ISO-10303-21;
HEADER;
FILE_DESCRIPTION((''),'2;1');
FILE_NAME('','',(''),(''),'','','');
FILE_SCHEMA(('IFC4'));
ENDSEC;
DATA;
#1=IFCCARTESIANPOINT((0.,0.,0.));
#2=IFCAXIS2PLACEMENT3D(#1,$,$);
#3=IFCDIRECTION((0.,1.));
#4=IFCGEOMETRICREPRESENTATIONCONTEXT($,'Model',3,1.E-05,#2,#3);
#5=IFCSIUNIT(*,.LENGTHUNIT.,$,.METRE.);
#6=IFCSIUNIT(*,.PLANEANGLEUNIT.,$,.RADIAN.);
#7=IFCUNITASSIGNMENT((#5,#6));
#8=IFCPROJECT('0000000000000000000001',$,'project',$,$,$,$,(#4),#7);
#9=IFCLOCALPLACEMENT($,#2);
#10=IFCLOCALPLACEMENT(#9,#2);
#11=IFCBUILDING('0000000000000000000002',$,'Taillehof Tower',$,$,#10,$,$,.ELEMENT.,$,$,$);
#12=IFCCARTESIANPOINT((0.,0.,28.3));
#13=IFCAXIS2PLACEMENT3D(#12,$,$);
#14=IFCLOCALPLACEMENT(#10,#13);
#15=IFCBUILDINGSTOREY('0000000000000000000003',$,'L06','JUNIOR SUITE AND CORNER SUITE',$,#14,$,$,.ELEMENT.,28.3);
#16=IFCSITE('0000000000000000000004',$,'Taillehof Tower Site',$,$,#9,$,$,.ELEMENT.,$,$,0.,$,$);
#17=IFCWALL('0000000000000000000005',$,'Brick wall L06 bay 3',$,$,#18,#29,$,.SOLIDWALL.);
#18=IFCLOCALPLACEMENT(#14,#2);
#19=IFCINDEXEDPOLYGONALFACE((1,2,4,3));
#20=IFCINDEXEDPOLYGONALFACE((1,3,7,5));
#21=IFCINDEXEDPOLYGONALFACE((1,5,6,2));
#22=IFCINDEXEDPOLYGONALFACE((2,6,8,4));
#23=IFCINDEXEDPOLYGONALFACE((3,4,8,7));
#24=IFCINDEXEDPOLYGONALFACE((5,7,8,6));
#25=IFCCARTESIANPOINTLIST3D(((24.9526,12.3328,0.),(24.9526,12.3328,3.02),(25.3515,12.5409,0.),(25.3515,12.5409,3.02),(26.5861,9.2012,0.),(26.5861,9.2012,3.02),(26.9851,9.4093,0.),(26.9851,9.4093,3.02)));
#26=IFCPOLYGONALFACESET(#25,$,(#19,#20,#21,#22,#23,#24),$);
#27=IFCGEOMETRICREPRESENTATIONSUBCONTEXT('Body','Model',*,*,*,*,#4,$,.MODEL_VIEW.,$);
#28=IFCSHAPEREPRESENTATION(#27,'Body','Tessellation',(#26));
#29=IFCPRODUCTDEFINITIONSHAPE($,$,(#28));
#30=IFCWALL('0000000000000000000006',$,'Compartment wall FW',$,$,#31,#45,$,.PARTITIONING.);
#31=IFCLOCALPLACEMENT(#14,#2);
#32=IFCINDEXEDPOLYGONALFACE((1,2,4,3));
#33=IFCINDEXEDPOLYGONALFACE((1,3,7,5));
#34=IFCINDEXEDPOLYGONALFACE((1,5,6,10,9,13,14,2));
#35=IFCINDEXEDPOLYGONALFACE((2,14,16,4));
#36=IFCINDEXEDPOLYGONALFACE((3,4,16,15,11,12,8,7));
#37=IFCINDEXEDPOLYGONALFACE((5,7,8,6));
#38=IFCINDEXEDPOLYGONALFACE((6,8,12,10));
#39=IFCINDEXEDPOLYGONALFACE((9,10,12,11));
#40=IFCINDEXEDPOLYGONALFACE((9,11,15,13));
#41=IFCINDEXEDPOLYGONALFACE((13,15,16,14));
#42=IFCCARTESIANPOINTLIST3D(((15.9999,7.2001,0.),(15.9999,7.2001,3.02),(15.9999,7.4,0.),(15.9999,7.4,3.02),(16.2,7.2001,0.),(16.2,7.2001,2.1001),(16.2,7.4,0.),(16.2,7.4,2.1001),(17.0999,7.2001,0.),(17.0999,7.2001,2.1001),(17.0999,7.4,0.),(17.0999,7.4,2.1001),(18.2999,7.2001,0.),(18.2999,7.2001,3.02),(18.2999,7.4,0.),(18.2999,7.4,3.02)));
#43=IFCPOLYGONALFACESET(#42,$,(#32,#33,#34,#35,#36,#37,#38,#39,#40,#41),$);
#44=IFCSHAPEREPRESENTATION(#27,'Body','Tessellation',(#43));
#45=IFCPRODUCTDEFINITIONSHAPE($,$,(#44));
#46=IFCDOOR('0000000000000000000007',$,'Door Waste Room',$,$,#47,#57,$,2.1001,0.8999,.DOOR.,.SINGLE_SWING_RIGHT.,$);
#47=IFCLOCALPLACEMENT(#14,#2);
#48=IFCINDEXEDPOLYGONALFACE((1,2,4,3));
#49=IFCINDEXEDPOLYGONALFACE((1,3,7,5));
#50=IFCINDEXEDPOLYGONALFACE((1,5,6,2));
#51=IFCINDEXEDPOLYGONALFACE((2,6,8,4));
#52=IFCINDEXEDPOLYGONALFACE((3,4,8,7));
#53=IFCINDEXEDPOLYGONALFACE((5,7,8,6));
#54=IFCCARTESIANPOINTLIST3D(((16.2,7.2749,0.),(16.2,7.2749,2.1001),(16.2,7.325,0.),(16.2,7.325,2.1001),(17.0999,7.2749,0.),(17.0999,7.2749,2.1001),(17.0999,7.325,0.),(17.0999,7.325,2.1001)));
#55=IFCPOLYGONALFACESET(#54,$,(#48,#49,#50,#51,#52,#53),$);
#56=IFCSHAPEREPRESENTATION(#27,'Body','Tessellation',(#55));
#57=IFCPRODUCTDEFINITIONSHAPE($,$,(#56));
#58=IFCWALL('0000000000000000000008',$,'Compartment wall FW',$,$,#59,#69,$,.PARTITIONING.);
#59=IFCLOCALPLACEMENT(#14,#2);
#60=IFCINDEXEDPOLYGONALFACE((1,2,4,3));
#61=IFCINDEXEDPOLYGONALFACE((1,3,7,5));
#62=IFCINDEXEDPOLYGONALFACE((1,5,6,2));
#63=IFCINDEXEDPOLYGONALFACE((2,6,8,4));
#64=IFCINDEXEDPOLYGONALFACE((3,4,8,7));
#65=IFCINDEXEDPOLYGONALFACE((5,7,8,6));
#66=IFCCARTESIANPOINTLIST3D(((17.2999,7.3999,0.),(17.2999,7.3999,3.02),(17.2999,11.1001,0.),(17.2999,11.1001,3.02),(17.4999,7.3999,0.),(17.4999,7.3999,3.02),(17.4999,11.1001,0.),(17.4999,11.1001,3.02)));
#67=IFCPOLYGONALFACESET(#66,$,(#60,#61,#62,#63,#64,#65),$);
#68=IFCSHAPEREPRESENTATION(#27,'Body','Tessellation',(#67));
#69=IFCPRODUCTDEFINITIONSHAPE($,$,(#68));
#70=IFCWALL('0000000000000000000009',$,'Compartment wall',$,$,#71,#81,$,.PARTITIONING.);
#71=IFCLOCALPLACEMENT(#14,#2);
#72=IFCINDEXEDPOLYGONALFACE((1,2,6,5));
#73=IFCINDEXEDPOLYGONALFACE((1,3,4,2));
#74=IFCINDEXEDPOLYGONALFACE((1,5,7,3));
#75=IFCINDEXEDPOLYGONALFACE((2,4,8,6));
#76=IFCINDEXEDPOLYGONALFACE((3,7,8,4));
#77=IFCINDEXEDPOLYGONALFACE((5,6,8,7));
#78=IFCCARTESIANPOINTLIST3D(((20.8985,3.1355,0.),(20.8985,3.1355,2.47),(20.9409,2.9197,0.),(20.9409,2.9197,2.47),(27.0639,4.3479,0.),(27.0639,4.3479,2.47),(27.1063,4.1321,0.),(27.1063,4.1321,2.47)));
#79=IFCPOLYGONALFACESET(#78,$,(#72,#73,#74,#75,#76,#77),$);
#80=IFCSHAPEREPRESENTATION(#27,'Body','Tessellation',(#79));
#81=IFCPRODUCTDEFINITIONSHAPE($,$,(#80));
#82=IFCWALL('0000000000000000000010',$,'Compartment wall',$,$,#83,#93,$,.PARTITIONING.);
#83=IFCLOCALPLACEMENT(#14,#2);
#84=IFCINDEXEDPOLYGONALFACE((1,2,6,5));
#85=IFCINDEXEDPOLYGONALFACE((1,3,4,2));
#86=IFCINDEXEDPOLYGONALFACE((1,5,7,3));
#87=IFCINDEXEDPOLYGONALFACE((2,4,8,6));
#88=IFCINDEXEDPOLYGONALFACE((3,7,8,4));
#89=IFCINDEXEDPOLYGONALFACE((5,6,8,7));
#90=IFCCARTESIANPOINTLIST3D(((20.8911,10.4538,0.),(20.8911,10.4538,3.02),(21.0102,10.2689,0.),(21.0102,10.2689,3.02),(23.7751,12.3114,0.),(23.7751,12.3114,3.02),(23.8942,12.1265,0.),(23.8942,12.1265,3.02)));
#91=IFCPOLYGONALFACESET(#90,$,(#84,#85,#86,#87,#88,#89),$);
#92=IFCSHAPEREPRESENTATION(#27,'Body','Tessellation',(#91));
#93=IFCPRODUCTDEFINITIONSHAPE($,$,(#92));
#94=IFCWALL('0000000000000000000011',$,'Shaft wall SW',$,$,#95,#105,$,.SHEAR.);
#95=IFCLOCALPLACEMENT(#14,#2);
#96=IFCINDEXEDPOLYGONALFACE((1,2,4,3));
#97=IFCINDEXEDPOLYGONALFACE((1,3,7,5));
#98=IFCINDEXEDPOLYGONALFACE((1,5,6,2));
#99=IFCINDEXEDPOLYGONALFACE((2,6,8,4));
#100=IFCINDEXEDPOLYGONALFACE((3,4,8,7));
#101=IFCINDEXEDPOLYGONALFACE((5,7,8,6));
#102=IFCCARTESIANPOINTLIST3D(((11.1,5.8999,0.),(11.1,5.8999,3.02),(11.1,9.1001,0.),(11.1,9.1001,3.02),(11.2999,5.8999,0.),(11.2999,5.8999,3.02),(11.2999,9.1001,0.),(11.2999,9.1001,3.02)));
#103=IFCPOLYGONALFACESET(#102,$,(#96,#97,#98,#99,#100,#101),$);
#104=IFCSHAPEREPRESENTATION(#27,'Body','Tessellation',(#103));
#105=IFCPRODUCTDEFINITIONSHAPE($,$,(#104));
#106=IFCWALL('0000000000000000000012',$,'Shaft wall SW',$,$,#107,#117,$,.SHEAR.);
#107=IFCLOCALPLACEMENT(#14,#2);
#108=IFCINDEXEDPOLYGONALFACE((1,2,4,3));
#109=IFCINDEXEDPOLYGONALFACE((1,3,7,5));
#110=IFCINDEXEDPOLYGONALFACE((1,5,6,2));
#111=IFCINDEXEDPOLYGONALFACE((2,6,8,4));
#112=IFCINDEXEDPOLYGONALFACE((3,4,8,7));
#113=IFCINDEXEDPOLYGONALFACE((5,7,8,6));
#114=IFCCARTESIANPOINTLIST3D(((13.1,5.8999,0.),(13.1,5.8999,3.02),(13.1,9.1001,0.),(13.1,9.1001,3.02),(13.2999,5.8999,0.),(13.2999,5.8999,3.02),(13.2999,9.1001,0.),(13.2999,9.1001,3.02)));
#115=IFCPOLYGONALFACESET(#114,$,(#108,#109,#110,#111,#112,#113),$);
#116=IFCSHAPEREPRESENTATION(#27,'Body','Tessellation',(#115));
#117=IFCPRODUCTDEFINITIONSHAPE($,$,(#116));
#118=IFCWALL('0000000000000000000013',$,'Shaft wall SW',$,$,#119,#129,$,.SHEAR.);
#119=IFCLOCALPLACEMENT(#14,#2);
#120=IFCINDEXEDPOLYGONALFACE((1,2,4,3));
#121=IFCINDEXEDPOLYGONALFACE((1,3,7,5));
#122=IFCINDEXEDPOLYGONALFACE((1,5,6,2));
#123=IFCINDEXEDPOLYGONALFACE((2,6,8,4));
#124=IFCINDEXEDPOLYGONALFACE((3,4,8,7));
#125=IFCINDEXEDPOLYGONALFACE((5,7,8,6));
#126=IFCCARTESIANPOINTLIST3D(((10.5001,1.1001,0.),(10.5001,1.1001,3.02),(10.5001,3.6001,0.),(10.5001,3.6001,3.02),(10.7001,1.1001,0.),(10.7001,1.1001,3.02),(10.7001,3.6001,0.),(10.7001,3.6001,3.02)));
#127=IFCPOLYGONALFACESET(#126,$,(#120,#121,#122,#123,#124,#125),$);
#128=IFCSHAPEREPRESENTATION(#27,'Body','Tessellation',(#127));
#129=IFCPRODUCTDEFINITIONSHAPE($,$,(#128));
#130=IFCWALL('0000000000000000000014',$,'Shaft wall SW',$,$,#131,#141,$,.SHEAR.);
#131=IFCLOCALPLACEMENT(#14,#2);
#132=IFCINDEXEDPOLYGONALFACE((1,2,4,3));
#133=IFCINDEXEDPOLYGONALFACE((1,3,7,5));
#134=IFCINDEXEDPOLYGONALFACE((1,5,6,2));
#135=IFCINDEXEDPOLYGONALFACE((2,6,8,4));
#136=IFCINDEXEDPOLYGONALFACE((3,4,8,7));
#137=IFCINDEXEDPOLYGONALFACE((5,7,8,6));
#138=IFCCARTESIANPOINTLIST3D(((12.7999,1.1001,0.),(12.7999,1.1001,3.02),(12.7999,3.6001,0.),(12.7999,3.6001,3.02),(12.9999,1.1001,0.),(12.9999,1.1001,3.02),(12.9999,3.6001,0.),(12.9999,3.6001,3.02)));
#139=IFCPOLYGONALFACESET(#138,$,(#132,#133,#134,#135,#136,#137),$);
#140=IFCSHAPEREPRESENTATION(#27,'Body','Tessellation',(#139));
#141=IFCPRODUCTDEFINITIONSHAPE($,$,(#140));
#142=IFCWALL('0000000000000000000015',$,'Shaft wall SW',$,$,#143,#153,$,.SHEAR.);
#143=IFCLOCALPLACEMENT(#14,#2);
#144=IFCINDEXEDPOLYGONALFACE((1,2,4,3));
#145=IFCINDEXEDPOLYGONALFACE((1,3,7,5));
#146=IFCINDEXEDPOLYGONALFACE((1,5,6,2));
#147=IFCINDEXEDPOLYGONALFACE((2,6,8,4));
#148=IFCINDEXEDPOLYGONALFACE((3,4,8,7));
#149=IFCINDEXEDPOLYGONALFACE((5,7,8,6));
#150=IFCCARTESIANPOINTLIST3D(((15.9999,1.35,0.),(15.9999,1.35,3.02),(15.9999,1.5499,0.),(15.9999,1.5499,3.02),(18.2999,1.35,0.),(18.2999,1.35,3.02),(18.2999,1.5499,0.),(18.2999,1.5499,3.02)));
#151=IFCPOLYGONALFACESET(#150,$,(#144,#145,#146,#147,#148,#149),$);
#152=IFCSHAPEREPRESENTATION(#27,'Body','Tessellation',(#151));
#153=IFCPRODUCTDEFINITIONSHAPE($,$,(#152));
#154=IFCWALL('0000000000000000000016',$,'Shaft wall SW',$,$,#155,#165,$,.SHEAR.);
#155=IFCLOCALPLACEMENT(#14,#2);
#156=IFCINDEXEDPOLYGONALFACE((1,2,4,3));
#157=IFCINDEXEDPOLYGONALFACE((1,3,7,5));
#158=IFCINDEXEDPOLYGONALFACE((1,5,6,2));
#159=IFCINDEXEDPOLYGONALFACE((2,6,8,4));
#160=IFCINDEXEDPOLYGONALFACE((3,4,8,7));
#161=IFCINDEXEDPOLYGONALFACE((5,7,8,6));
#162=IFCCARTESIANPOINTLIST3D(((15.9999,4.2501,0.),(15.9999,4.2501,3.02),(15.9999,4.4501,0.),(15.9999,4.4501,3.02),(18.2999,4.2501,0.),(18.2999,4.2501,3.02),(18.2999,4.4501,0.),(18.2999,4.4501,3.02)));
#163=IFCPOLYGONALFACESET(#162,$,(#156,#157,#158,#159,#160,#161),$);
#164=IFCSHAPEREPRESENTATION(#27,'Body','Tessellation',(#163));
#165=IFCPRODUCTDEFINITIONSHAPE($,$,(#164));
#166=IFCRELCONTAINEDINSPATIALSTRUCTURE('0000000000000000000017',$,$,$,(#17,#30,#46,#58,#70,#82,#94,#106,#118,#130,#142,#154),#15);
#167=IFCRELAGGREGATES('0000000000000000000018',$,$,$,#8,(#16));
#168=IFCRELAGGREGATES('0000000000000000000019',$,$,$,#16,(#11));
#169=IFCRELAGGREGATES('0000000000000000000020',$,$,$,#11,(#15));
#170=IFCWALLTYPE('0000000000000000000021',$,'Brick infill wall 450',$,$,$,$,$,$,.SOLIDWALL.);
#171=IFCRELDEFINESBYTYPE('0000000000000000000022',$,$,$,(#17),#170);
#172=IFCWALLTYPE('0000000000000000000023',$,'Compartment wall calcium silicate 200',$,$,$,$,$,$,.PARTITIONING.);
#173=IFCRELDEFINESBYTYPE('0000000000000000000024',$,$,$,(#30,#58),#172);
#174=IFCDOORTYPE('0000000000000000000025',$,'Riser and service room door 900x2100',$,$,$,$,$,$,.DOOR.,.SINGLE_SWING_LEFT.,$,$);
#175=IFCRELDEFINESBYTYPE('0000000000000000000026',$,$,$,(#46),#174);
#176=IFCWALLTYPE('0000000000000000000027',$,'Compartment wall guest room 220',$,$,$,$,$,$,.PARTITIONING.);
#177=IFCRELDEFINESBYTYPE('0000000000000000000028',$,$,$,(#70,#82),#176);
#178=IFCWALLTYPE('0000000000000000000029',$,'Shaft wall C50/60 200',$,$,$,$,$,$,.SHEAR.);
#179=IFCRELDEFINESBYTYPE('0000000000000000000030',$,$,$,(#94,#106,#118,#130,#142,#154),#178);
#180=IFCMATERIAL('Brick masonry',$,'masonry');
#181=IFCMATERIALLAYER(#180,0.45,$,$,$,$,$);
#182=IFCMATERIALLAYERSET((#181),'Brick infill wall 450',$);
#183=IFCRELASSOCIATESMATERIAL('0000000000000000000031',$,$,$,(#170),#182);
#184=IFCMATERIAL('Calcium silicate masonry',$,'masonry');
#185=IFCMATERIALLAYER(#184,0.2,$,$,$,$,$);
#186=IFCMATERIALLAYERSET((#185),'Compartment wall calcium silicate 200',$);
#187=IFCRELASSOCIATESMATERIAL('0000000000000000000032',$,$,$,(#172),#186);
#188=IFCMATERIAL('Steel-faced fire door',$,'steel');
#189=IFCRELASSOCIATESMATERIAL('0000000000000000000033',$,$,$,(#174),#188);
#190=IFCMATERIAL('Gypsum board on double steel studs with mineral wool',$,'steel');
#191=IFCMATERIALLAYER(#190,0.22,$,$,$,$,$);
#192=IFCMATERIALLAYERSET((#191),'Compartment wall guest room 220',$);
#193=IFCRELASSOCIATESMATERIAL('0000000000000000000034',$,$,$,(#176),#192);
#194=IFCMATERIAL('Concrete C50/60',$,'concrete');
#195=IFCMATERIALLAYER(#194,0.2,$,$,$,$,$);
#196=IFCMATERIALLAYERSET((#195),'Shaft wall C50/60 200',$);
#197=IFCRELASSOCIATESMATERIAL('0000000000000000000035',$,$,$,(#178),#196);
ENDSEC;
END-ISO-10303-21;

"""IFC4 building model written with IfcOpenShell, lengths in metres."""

from ifc_helpers import new_model, si_unit, direction, frame, frame_2d, origin, place, context, subcontext, project, spatial, rectangle, extrude, material, layer, layer_set, type_object, element, fill, save


model = new_model("IFC4")

# Units and contexts
model_context = context("Model", 3, precision=1e-05, world=origin(), true_north=direction((0.0, 1.0)))
body_context = subcontext(model_context, "Body", "Model", "MODEL_VIEW")
ifc_project = project(units=[si_unit("LENGTHUNIT", "METRE"), si_unit("PLANEANGLEUNIT", "RADIAN")], contexts=[model_context])

# Site, building, storey
site_placement = place(None, origin())
site = spatial("IfcSite", under=ifc_project, at=site_placement, Name="Taillehof Tower Site", CompositionType="ELEMENT", RefElevation=0.0)
building_placement = place(site_placement, origin())
building = spatial("IfcBuilding", under=site, at=building_placement, Name="Taillehof Tower", CompositionType="ELEMENT")
storey_placement = place(building_placement, frame((0.0, 0.0, 28.3)))
storey = spatial("IfcBuildingStorey", under=building, at=storey_placement, Name="L06", Description="JUNIOR SUITE AND CORNER SUITE", CompositionType="ELEMENT", Elevation=28.3)

# Shared definitions
ifc_material_1 = material(Name="Brick masonry", Category="masonry")
ifc_layer_1 = layer(ifc_material_1, 0.45)
ifc_layer_set_1 = layer_set([ifc_layer_1], Name="Brick infill wall 450")
wall_type_1 = type_object("IfcWallType", Name="Brick infill wall 450", PredefinedType="SOLIDWALL", material=ifc_layer_set_1)

# Wall
wall_1_placement = place(storey_placement, frame((26.7856, 9.3052, 0.0), z_axis=(0.0, 0.0, 1.0), x_axis=(-0.462493, 0.886623, 0.0)))
element("IfcWall", 1, at=wall_1_placement, inside=storey, type_object=wall_type_1, Name="Brick wall L06 bay 3", PredefinedType="SOLIDWALL", context=body_context, shape_type="SweptSolid", body=[
    extrude(rectangle(XDim=3.532, YDim=0.45, at=frame_2d((1.7661, 0.0))), origin(), (0.0, 0.0, 1.0), 3.02),
])

# Wall, opening, door
ifc_material_2 = material(Name="Calcium silicate masonry", Category="masonry")
ifc_layer_2 = layer(ifc_material_2, 0.2)
ifc_layer_set_2 = layer_set([ifc_layer_2], Name="Compartment wall calcium silicate 200")
wall_type_2 = type_object("IfcWallType", Name="Compartment wall calcium silicate 200", PredefinedType="PARTITIONING", material=ifc_layer_set_2)
wall_2_placement = place(storey_placement, frame((16.0, 7.3, 0.0), z_axis=(0.0, 0.0, 1.0), x_axis=(1.0, 0.0, 0.0)))
wall_2 = element("IfcWall", 2, at=wall_2_placement, inside=storey, type_object=wall_type_2, Name="Compartment wall FW", PredefinedType="PARTITIONING", context=body_context, shape_type="SweptSolid", body=[
    extrude(rectangle(XDim=2.3, YDim=0.2, at=frame_2d((1.1499, 0.0))), origin(), (0.0, 0.0, 1.0), 3.02),
])
opening_1_placement = place(wall_2_placement, frame((0.2, 0.0, 0.0)))
opening_1 = element("IfcOpeningElement", 3, at=opening_1_placement, cuts=wall_2, PredefinedType="OPENING", context=body_context, shape_type="SweptSolid", body=[
    extrude(rectangle(XDim=0.8999, YDim=2.1001, at=frame_2d((0.45, 1.05))), frame((0.0, 0.1099, 0.0), z_axis=(0.0, -1.0, 0.0), x_axis=(1.0, 0.0, 0.0)), (0.0, 0.0, 1.0), 0.22),
])
ifc_material_3 = material(Name="Steel-faced fire door", Category="steel")
door_type = type_object("IfcDoorType", Name="Riser and service room door 900x2100", OperationType="SINGLE_SWING_LEFT", PredefinedType="DOOR", material=ifc_material_3)
door_placement = place(opening_1_placement, origin())
door = element("IfcDoor", 4, at=door_placement, inside=storey, type_object=door_type, Name="Door Waste Room", OperationType="SINGLE_SWING_RIGHT", OverallHeight=2.1001, OverallWidth=0.8999, PredefinedType="DOOR", context=body_context, shape_type="SweptSolid", body=[
    extrude(rectangle(XDim=0.8999, YDim=2.1001, at=frame_2d((0.45, 1.05))), frame((0.0, 0.0249, 0.0), z_axis=(0.0, -1.0, 0.0), x_axis=(1.0, 0.0, 0.0)), (0.0, 0.0, 1.0), 0.05),
])
fill(opening_1, door)

# Walls
wall_3_placement = place(storey_placement, frame((17.3999, 7.3999, 0.0), z_axis=(0.0, 0.0, 1.0), x_axis=(0.0, 1.0, 0.0)))
element("IfcWall", 5, at=wall_3_placement, inside=storey, type_object=wall_type_2, Name="Compartment wall FW", PredefinedType="PARTITIONING", context=body_context, shape_type="SweptSolid", body=[
    extrude(rectangle(XDim=3.7002, YDim=0.2, at=frame_2d((1.8501, 0.0))), origin(), (0.0, 0.0, 1.0), 3.02),
])
ifc_material_4 = material(Name="Gypsum board on double steel studs with mineral wool", Category="steel")
ifc_layer_3 = layer(ifc_material_4, 0.22)
ifc_layer_set_3 = layer_set([ifc_layer_3], Name="Compartment wall guest room 220")
wall_type_3 = type_object("IfcWallType", Name="Compartment wall guest room 220", PredefinedType="PARTITIONING", material=ifc_layer_set_3)
wall_4_placement = place(storey_placement, frame((27.085, 4.24, 0.0), z_axis=(0.0, 0.0, 1.0), x_axis=(-0.981208, -0.192954, 0.0)))
element("IfcWall", 6, at=wall_4_placement, inside=storey, type_object=wall_type_3, Name="Compartment wall", PredefinedType="PARTITIONING", context=body_context, shape_type="SweptSolid", body=[
    extrude(rectangle(XDim=6.2834, YDim=0.22, at=frame_2d((3.1416, 0.0))), origin(), (0.0, 0.0, 1.0), 2.47),
])
wall_5_placement = place(storey_placement, frame((23.8347, 12.219, 0.0), z_axis=(0.0, 0.0, 1.0), x_axis=(-0.840695, -0.541509, 0.0)))
element("IfcWall", 7, at=wall_5_placement, inside=storey, type_object=wall_type_3, Name="Compartment wall", PredefinedType="PARTITIONING", context=body_context, shape_type="SweptSolid", body=[
    extrude(rectangle(XDim=3.4304, YDim=0.22, at=frame_2d((1.7153, 0.0))), origin(), (0.0, 0.0, 1.0), 3.02),
])
ifc_material_5 = material(Name="Concrete C50/60", Category="concrete")
ifc_layer_4 = layer(ifc_material_5, 0.2)
ifc_layer_set_4 = layer_set([ifc_layer_4], Name="Shaft wall C50/60 200")
wall_type_4 = type_object("IfcWallType", Name="Shaft wall C50/60 200", PredefinedType="SHEAR", material=ifc_layer_set_4)
for number, where, z_axis, x_axis, name in (
    (8, (11.2, 5.8999, 0.0), (0.0, 0.0, 1.0), (0.0, 1.0, 0.0), "Shaft wall SW"),
    (9, (13.2, 5.8999, 0.0), (0.0, 0.0, 1.0), (0.0, 1.0, 0.0), "Shaft wall SW"),
):
    element("IfcWall", number, at=place(storey_placement, frame(where, z_axis=z_axis, x_axis=x_axis)), inside=storey, type_object=wall_type_4, Name=name, PredefinedType="SHEAR", context=body_context, shape_type="SweptSolid", body=[
        extrude(rectangle(XDim=3.2002, YDim=0.2, at=frame_2d((1.6001, 0.0))), origin(), (0.0, 0.0, 1.0), 3.02),
    ])
for number, where, z_axis, x_axis, name in (
    (10, (10.6001, 1.1001, 0.0), (0.0, 0.0, 1.0), (0.0, 1.0, 0.0), "Shaft wall SW"),
    (11, (12.8999, 1.1001, 0.0), (0.0, 0.0, 1.0), (0.0, 1.0, 0.0), "Shaft wall SW"),
):
    element("IfcWall", number, at=place(storey_placement, frame(where, z_axis=z_axis, x_axis=x_axis)), inside=storey, type_object=wall_type_4, Name=name, PredefinedType="SHEAR", context=body_context, shape_type="SweptSolid", body=[
        extrude(rectangle(XDim=2.5, YDim=0.2, at=frame_2d((1.25, 0.0))), origin(), (0.0, 0.0, 1.0), 3.02),
    ])
for number, where, z_axis, x_axis, name in (
    (12, (16.0, 1.45, 0.0), (0.0, 0.0, 1.0), (1.0, 0.0, 0.0), "Shaft wall SW"),
    (13, (16.0, 4.3501, 0.0), (0.0, 0.0, 1.0), (1.0, 0.0, 0.0), "Shaft wall SW"),
):
    element("IfcWall", number, at=place(storey_placement, frame(where, z_axis=z_axis, x_axis=x_axis)), inside=storey, type_object=wall_type_4, Name=name, PredefinedType="SHEAR", context=body_context, shape_type="SweptSolid", body=[
        extrude(rectangle(XDim=2.3, YDim=0.2, at=frame_2d((1.1499, 0.0))), origin(), (0.0, 0.0, 1.0), 3.02),
    ])

save(model, "model.ifc")
